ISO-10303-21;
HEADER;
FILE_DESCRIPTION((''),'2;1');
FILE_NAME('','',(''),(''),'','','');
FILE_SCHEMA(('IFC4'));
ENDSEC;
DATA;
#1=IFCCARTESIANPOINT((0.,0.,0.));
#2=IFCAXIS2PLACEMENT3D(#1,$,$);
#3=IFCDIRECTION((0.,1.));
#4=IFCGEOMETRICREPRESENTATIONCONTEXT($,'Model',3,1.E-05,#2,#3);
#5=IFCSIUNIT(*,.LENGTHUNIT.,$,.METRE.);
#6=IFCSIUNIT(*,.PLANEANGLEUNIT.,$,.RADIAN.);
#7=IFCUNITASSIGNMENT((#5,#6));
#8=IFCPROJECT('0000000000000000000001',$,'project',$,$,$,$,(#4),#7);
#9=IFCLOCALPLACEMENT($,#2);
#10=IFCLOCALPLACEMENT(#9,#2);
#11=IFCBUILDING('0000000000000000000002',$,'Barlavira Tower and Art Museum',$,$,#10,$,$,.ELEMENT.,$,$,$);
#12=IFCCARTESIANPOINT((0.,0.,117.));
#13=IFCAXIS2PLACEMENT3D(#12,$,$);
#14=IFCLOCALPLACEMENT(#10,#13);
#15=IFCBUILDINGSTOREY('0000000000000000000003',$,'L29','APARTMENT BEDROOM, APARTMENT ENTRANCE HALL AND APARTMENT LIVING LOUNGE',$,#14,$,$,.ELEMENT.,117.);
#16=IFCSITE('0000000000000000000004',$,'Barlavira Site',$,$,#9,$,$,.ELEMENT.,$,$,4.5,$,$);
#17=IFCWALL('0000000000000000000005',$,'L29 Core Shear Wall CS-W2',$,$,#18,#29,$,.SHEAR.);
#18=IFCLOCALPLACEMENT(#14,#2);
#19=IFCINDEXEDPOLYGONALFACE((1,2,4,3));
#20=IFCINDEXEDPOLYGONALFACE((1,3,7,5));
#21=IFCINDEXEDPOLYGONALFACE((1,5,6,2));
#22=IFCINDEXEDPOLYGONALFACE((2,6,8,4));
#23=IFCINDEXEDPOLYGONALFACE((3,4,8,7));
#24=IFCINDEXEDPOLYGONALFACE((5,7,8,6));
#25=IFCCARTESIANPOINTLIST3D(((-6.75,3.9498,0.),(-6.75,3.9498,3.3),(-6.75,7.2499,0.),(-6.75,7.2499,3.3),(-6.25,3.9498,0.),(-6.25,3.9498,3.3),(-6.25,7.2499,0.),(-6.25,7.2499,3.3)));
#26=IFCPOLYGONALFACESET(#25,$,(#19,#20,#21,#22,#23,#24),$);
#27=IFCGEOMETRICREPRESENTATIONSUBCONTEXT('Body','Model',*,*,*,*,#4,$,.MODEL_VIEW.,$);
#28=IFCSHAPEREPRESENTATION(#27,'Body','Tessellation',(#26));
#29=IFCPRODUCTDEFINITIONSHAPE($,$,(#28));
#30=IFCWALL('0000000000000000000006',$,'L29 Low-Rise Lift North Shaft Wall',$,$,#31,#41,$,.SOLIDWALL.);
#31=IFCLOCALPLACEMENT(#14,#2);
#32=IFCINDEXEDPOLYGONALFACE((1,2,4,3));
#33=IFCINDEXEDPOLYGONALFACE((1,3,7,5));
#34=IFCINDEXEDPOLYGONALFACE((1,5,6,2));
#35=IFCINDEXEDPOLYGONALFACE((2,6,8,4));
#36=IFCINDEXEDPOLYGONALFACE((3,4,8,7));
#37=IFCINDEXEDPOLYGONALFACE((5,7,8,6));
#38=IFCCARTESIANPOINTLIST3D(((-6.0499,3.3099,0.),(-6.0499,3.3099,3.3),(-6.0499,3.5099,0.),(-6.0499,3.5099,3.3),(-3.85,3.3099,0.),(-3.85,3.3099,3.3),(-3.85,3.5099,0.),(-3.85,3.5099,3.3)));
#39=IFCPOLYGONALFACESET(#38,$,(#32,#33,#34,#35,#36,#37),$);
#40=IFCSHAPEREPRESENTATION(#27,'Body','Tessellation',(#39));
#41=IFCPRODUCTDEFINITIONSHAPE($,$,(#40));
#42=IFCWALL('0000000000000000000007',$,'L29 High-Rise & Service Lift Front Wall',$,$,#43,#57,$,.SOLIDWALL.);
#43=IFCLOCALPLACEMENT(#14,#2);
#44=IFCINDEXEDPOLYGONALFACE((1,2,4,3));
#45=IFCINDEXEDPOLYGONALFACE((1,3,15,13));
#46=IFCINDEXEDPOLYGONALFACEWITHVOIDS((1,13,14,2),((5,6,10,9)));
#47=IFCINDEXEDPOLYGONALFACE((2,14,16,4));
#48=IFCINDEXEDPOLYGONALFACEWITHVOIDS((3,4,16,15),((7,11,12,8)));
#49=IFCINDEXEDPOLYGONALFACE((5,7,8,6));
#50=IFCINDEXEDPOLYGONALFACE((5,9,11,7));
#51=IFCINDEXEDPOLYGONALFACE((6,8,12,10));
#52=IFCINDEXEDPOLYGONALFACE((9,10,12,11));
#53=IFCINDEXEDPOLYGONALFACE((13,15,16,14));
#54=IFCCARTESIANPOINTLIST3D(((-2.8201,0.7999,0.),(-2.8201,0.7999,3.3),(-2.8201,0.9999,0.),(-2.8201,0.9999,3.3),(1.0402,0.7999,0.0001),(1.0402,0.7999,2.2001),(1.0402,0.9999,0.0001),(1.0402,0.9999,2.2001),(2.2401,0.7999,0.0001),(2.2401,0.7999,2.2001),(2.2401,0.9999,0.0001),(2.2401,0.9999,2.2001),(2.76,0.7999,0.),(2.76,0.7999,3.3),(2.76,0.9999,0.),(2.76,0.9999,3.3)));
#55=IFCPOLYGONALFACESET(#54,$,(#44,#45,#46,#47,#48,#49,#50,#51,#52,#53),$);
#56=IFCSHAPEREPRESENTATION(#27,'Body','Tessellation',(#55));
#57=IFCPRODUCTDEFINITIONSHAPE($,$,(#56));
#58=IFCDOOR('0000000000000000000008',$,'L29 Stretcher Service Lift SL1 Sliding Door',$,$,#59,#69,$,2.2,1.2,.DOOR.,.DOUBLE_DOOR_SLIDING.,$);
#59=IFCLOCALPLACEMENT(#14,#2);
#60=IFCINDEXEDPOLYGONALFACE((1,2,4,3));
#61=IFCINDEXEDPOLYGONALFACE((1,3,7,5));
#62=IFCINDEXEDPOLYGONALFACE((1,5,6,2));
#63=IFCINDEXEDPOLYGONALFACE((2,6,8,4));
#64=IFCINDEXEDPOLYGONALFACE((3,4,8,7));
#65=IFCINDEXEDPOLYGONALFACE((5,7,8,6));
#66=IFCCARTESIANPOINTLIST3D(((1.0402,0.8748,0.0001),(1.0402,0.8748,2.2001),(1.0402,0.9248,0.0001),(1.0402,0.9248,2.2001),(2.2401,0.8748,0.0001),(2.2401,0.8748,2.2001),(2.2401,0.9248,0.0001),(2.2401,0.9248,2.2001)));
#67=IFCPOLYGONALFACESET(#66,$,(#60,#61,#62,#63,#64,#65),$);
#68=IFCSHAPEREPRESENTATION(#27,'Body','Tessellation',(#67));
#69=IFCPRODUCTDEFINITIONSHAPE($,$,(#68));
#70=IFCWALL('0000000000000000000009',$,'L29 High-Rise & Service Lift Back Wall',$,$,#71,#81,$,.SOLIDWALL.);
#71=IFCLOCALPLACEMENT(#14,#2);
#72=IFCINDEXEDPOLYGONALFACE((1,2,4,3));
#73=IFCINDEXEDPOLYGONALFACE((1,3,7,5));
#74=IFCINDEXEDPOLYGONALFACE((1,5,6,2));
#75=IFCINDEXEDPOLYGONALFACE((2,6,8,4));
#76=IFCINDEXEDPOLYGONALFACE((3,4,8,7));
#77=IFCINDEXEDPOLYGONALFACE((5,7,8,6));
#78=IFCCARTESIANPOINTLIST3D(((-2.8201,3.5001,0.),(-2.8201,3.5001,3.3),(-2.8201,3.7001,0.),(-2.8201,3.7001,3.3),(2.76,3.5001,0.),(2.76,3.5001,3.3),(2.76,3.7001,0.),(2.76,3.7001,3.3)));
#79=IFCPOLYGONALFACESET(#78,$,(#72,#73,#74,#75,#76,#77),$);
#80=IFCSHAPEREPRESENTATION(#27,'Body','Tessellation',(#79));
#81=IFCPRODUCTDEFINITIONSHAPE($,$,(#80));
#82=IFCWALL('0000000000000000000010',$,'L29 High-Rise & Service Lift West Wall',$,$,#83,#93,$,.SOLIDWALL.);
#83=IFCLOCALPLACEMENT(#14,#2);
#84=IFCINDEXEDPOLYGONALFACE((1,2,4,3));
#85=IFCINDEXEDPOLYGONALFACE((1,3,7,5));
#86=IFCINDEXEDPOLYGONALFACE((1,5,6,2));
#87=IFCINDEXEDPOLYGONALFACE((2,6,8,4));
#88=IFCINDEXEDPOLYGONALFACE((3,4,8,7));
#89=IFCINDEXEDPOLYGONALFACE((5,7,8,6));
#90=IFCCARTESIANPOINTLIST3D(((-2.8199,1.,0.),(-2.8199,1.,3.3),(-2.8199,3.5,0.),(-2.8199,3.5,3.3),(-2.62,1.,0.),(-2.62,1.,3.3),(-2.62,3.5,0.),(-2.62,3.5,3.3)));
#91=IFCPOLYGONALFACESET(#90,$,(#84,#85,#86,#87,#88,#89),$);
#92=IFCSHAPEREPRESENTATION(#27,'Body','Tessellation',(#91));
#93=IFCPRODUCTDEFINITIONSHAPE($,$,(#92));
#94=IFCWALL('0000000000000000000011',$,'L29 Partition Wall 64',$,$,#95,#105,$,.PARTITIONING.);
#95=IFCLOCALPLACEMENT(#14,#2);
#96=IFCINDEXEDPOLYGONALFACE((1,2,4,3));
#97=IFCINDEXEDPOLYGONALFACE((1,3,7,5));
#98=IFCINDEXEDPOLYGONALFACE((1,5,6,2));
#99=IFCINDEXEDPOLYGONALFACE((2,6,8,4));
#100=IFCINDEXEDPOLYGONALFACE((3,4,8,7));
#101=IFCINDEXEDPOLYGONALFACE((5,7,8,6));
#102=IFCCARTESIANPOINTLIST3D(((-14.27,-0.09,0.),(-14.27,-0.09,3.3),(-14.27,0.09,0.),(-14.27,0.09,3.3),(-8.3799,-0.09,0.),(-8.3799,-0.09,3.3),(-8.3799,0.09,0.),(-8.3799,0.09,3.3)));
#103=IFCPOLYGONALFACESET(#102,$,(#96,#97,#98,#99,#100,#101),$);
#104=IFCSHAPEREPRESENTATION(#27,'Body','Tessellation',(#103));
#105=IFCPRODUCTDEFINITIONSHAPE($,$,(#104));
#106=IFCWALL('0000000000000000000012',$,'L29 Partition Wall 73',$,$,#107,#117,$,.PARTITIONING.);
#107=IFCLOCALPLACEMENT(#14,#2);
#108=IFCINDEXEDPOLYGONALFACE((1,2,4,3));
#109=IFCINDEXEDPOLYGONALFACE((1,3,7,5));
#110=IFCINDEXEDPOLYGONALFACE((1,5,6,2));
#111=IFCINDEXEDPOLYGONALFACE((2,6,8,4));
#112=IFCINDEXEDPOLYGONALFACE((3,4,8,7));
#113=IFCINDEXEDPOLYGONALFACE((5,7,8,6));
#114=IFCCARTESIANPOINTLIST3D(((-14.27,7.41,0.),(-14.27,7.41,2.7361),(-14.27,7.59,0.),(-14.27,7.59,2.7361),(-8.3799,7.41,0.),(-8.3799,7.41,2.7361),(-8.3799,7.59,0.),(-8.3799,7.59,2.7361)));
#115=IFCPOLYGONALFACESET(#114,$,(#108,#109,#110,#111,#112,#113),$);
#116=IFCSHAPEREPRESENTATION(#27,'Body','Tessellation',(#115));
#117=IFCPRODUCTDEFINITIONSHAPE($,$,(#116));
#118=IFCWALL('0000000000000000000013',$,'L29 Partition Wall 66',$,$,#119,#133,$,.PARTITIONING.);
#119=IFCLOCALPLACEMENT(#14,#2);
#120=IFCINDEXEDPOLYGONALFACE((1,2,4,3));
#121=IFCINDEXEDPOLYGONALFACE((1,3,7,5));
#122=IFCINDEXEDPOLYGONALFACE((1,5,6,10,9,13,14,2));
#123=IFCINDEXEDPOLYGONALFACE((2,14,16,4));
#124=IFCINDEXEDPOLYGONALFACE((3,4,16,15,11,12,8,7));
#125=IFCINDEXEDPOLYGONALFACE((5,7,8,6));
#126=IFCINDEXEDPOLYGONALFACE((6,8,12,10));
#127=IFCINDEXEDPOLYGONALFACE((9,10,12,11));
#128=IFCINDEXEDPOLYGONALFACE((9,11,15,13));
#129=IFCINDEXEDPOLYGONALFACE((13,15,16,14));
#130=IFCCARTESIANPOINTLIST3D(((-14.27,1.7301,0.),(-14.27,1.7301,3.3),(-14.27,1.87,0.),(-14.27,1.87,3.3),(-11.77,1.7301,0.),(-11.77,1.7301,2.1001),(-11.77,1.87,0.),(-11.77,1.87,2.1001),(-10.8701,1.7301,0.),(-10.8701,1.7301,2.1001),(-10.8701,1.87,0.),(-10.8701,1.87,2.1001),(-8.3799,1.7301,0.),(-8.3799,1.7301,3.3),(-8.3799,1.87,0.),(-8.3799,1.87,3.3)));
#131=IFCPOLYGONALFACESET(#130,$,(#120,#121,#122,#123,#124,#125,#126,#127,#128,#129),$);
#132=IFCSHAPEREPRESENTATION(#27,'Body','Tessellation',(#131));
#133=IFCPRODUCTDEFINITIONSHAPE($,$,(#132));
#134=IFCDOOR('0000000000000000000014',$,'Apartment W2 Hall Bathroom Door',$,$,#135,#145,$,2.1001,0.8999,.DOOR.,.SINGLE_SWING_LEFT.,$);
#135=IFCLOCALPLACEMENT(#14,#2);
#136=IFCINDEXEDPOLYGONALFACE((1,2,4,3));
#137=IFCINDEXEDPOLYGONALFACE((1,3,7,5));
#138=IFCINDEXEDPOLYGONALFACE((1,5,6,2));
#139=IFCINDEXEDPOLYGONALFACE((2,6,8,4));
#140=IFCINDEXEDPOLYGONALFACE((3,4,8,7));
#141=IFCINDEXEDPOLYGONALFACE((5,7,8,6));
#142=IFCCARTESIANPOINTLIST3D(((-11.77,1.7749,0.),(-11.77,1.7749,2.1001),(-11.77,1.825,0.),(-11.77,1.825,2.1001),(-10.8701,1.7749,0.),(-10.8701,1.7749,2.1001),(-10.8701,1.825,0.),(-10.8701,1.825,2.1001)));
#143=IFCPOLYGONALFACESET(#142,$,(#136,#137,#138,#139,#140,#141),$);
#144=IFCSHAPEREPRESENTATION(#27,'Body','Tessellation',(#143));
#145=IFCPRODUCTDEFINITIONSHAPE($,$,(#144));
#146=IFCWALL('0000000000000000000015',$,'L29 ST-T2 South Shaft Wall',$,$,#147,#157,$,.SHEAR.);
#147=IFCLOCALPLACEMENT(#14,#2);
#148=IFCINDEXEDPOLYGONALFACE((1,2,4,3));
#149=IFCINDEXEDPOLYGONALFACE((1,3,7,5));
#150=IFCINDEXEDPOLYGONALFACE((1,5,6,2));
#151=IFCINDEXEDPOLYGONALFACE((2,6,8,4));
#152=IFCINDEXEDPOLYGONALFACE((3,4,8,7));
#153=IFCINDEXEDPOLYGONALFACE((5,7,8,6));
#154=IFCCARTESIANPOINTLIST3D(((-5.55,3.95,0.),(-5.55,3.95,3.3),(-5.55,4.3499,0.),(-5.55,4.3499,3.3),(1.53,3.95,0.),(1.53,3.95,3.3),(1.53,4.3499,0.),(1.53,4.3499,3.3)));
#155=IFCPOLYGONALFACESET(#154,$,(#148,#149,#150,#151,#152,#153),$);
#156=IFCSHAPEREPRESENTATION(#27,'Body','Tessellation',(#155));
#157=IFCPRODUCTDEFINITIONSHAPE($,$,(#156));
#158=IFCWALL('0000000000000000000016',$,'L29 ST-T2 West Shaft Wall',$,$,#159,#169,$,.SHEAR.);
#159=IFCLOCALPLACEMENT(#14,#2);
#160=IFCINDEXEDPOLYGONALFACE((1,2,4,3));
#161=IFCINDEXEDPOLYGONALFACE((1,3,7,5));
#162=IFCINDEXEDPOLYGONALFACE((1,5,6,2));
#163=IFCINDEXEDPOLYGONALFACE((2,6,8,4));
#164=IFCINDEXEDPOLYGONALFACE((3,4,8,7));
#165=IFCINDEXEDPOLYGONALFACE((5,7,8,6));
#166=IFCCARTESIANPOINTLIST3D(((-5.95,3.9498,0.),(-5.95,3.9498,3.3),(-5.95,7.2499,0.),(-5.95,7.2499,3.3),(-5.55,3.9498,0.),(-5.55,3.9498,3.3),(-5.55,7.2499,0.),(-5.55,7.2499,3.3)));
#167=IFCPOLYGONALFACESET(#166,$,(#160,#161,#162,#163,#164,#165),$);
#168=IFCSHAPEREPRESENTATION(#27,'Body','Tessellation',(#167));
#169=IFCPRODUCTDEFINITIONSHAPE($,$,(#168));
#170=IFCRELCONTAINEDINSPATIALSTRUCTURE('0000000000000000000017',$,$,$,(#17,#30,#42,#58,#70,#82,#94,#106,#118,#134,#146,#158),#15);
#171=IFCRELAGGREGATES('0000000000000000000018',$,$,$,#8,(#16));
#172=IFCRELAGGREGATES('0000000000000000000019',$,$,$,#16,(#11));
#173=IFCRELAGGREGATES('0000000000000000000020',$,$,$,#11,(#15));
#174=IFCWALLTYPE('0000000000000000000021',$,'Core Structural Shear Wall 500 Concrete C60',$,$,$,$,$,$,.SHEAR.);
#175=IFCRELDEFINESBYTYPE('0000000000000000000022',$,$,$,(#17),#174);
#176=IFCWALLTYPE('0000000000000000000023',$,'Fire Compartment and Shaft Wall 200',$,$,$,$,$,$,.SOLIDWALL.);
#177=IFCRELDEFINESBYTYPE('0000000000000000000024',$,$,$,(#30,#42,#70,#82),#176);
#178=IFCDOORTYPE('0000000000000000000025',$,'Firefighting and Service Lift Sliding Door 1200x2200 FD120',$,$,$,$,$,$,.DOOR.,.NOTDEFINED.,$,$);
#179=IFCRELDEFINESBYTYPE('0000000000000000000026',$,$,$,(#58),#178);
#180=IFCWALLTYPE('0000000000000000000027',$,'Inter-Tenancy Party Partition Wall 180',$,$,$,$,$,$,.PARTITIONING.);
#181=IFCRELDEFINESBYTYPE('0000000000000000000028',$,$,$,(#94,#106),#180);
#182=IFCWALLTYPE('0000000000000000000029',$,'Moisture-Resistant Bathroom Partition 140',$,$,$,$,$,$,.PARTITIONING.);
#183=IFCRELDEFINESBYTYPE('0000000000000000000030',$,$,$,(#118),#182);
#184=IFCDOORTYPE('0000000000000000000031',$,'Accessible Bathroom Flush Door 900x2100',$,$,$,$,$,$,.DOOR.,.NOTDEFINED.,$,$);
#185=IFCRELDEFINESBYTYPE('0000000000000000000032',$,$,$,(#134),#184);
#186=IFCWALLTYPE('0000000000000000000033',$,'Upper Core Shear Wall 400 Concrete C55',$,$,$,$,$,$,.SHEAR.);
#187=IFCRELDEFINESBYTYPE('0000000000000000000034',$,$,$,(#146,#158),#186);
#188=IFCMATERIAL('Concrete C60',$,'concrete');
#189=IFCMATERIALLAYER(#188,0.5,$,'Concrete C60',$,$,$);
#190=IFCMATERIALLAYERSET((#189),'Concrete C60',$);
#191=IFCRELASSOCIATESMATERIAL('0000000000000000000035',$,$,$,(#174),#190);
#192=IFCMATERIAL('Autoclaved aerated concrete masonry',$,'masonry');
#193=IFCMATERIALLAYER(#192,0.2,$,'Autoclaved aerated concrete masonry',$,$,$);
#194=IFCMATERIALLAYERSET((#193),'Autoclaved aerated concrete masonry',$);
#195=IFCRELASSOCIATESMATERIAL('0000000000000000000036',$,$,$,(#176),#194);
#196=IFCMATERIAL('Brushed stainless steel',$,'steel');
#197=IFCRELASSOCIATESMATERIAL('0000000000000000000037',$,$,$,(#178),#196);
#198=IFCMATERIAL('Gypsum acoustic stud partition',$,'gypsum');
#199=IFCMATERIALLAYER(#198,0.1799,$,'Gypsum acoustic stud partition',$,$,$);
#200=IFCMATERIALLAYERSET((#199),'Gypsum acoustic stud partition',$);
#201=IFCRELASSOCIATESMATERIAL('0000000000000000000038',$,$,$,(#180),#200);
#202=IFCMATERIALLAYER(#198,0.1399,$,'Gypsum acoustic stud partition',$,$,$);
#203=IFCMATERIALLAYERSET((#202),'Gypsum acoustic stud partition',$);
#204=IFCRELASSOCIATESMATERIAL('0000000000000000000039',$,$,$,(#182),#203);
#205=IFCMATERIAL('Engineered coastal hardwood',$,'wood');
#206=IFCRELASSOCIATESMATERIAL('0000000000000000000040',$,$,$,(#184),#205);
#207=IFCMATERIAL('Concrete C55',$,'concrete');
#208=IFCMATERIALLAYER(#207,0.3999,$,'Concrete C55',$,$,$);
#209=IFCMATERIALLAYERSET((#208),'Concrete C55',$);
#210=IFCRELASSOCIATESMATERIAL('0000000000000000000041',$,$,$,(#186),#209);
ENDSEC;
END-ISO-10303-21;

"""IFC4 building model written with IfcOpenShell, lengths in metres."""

from ifc_helpers import new_model, si_unit, direction, frame, frame_2d, origin, place, context, subcontext, project, spatial, rectangle, extrude, material, layer, layer_set, type_object, element, fill, save


model = new_model("IFC4")

# Units and contexts
model_context = context("Model", 3, precision=1e-05, world=origin(), true_north=direction((0.0, 1.0)))
body_context = subcontext(model_context, "Body", "Model", "MODEL_VIEW")
ifc_project = project(units=[si_unit("LENGTHUNIT", "METRE"), si_unit("PLANEANGLEUNIT", "RADIAN")], contexts=[model_context])

# Site, building, storey
site_placement = place(None, origin())
site = spatial("IfcSite", under=ifc_project, at=site_placement, Name="Barlavira Site", CompositionType="ELEMENT", RefElevation=4.5)
building_placement = place(site_placement, origin())
building = spatial("IfcBuilding", under=site, at=building_placement, Name="Barlavira Tower and Art Museum", CompositionType="ELEMENT")
storey_placement = place(building_placement, frame((0.0, 0.0, 117.0)))
storey = spatial("IfcBuildingStorey", under=building, at=storey_placement, Name="L29", Description="APARTMENT BEDROOM, APARTMENT ENTRANCE HALL AND APARTMENT LIVING LOUNGE", CompositionType="ELEMENT", Elevation=117.0)

# Shared definitions
ifc_material_1 = material(Name="Gypsum acoustic stud partition", Category="gypsum")
ifc_material_2 = material(Name="Engineered coastal hardwood", Category="wood")
ifc_material_3 = material(Name="Concrete C60", Category="concrete")
ifc_layer_1 = layer(ifc_material_3, 0.5, Name="Concrete C60")
ifc_layer_set_1 = layer_set([ifc_layer_1], Name="Concrete C60")
wall_type_1 = type_object("IfcWallType", Name="Core Structural Shear Wall 500 Concrete C60", PredefinedType="SHEAR", material=ifc_layer_set_1)
ifc_material_4 = material(Name="Brushed stainless steel", Category="steel")

# Walls
wall_1_placement = place(storey_placement, frame((-6.5, 3.95, 0.0), z_axis=(0.0, 0.0, 1.0), x_axis=(0.0, 1.0, 0.0)))
element("IfcWall", 1, at=wall_1_placement, inside=storey, type_object=wall_type_1, Name="L29 Core Shear Wall CS-W2", PredefinedType="SHEAR", context=body_context, shape_type="SweptSolid", body=[
    extrude(rectangle(XDim=3.3, YDim=0.5, at=frame_2d((1.6499, 0.0))), origin(), (0.0, 0.0, 1.0), 3.3),
])
ifc_material_5 = material(Name="Autoclaved aerated concrete masonry", Category="masonry")
ifc_layer_2 = layer(ifc_material_5, 0.2, Name="Autoclaved aerated concrete masonry")
ifc_layer_set_2 = layer_set([ifc_layer_2], Name="Autoclaved aerated concrete masonry")
wall_type_2 = type_object("IfcWallType", Name="Fire Compartment and Shaft Wall 200", PredefinedType="SOLIDWALL", material=ifc_layer_set_2)
wall_2_placement = place(storey_placement, frame((-6.05, 3.4099, 0.0), z_axis=(0.0, 0.0, 1.0), x_axis=(1.0, 0.0, 0.0)))
element("IfcWall", 2, at=wall_2_placement, inside=storey, type_object=wall_type_2, Name="L29 Low-Rise Lift North Shaft Wall", PredefinedType="SOLIDWALL", context=body_context, shape_type="SweptSolid", body=[
    extrude(rectangle(XDim=2.2, YDim=0.2, at=frame_2d((1.1001, 0.0))), origin(), (0.0, 0.0, 1.0), 3.3),
])

# Wall, opening, door
wall_3_placement = place(storey_placement, frame((-2.8201, 0.8999, 0.0), z_axis=(0.0, 0.0, 1.0), x_axis=(1.0, 0.0, 0.0)))
wall_3 = element("IfcWall", 3, at=wall_3_placement, inside=storey, type_object=wall_type_2, Name="L29 High-Rise & Service Lift Front Wall", PredefinedType="SOLIDWALL", context=body_context, shape_type="SweptSolid", body=[
    extrude(rectangle(XDim=5.5801, YDim=0.2, at=frame_2d((2.79, 0.0))), origin(), (0.0, 0.0, 1.0), 3.3),
])
opening_1_placement = place(wall_3_placement, frame((3.8601, 0.0, 0.0)))
opening_1 = element("IfcOpeningElement", 4, at=opening_1_placement, cuts=wall_3, PredefinedType="OPENING", context=body_context, shape_type="SweptSolid", body=[
    extrude(rectangle(XDim=1.2, YDim=2.2, at=frame_2d((0.6001, 1.1001))), frame((0.0, 0.1099, 0.0), z_axis=(0.0, -1.0, 0.0), x_axis=(1.0, 0.0, 0.0)), (0.0, 0.0, 1.0), 0.22),
])
door_type_1 = type_object("IfcDoorType", Name="Firefighting and Service Lift Sliding Door 1200x2200 FD120", OperationType="NOTDEFINED", PredefinedType="DOOR", material=ifc_material_4)
door_1_placement = place(opening_1_placement, origin())
door_1 = element("IfcDoor", 5, at=door_1_placement, inside=storey, type_object=door_type_1, Name="L29 Stretcher Service Lift SL1 Sliding Door", OperationType="DOUBLE_DOOR_SLIDING", OverallHeight=2.2, OverallWidth=1.2, PredefinedType="DOOR", context=body_context, shape_type="SweptSolid", body=[
    extrude(rectangle(XDim=1.2, YDim=2.2, at=frame_2d((0.6001, 1.1001))), frame((0.0, 0.0249, 0.0), z_axis=(0.0, -1.0, 0.0), x_axis=(1.0, 0.0, 0.0)), (0.0, 0.0, 1.0), 0.05),
])
fill(opening_1, door_1)

# Walls
wall_4_placement = place(storey_placement, frame((-2.8201, 3.6001, 0.0), z_axis=(0.0, 0.0, 1.0), x_axis=(1.0, 0.0, 0.0)))
element("IfcWall", 6, at=wall_4_placement, inside=storey, type_object=wall_type_2, Name="L29 High-Rise & Service Lift Back Wall", PredefinedType="SOLIDWALL", context=body_context, shape_type="SweptSolid", body=[
    extrude(rectangle(XDim=5.5801, YDim=0.2, at=frame_2d((2.79, 0.0))), origin(), (0.0, 0.0, 1.0), 3.3),
])
wall_5_placement = place(storey_placement, frame((-2.72, 1.0, 0.0), z_axis=(0.0, 0.0, 1.0), x_axis=(0.0, 1.0, 0.0)))
element("IfcWall", 7, at=wall_5_placement, inside=storey, type_object=wall_type_2, Name="L29 High-Rise & Service Lift West Wall", PredefinedType="SOLIDWALL", context=body_context, shape_type="SweptSolid", body=[
    extrude(rectangle(XDim=2.5, YDim=0.2, at=frame_2d((1.25, 0.0))), origin(), (0.0, 0.0, 1.0), 3.3),
])
ifc_layer_3 = layer(ifc_material_1, 0.1799, Name="Gypsum acoustic stud partition")
ifc_layer_set_3 = layer_set([ifc_layer_3], Name="Gypsum acoustic stud partition")
wall_type_3 = type_object("IfcWallType", Name="Inter-Tenancy Party Partition Wall 180", PredefinedType="PARTITIONING", material=ifc_layer_set_3)
wall_6_placement = place(storey_placement, frame((-14.27, 0.0, 0.0), z_axis=(0.0, 0.0, 1.0), x_axis=(1.0, 0.0, 0.0)))
element("IfcWall", 8, at=wall_6_placement, inside=storey, type_object=wall_type_3, Name="L29 Partition Wall 64", PredefinedType="PARTITIONING", context=body_context, shape_type="SweptSolid", body=[
    extrude(rectangle(XDim=5.8901, YDim=0.1799, at=frame_2d((2.9451, 0.0))), origin(), (0.0, 0.0, 1.0), 3.3),
])
wall_7_placement = place(storey_placement, frame((-14.27, 7.5, 0.0), z_axis=(0.0, 0.0, 1.0), x_axis=(1.0, 0.0, 0.0)))
element("IfcWall", 9, at=wall_7_placement, inside=storey, type_object=wall_type_3, Name="L29 Partition Wall 73", PredefinedType="PARTITIONING", context=body_context, shape_type="SweptSolid", body=[
    extrude(rectangle(XDim=5.8901, YDim=0.1799, at=frame_2d((2.9451, 0.0))), origin(), (0.0, 0.0, 1.0), 2.7361),
])

# Wall, opening, door
ifc_layer_4 = layer(ifc_material_1, 0.1399, Name="Gypsum acoustic stud partition")
ifc_layer_set_4 = layer_set([ifc_layer_4], Name="Gypsum acoustic stud partition")
wall_type_4 = type_object("IfcWallType", Name="Moisture-Resistant Bathroom Partition 140", PredefinedType="PARTITIONING", material=ifc_layer_set_4)
wall_8_placement = place(storey_placement, frame((-14.27, 1.8, 0.0), z_axis=(0.0, 0.0, 1.0), x_axis=(1.0, 0.0, 0.0)))
wall_8 = element("IfcWall", 10, at=wall_8_placement, inside=storey, type_object=wall_type_4, Name="L29 Partition Wall 66", PredefinedType="PARTITIONING", context=body_context, shape_type="SweptSolid", body=[
    extrude(rectangle(XDim=5.8901, YDim=0.1399, at=frame_2d((2.9451, 0.0))), origin(), (0.0, 0.0, 1.0), 3.3),
])
opening_2_placement = place(wall_8_placement, frame((2.5, 0.0, 0.0)))
opening_2 = element("IfcOpeningElement", 11, at=opening_2_placement, cuts=wall_8, PredefinedType="OPENING", context=body_context, shape_type="SweptSolid", body=[
    extrude(rectangle(XDim=0.8999, YDim=2.1001, at=frame_2d((0.45, 1.05))), frame((0.0, 0.0801, 0.0), z_axis=(0.0, -1.0, 0.0), x_axis=(1.0, 0.0, 0.0)), (0.0, 0.0, 1.0), 0.1599),
])
door_type_2 = type_object("IfcDoorType", Name="Accessible Bathroom Flush Door 900x2100", OperationType="NOTDEFINED", PredefinedType="DOOR", material=ifc_material_2)
door_2_placement = place(opening_2_placement, origin())
door_2 = element("IfcDoor", 12, at=door_2_placement, inside=storey, type_object=door_type_2, Name="Apartment W2 Hall Bathroom Door", OperationType="SINGLE_SWING_LEFT", OverallHeight=2.1001, OverallWidth=0.8999, PredefinedType="DOOR", context=body_context, shape_type="SweptSolid", body=[
    extrude(rectangle(XDim=0.8999, YDim=2.1001, at=frame_2d((0.45, 1.05))), frame((0.0, 0.0249, 0.0), z_axis=(0.0, -1.0, 0.0), x_axis=(1.0, 0.0, 0.0)), (0.0, 0.0, 1.0), 0.05),
])
fill(opening_2, door_2)

# Walls
ifc_material_6 = material(Name="Concrete C55", Category="concrete")
ifc_layer_5 = layer(ifc_material_6, 0.3999, Name="Concrete C55")
ifc_layer_set_5 = layer_set([ifc_layer_5], Name="Concrete C55")
wall_type_5 = type_object("IfcWallType", Name="Upper Core Shear Wall 400 Concrete C55", PredefinedType="SHEAR", material=ifc_layer_set_5)
wall_9_placement = place(storey_placement, frame((-5.55, 4.1499, 0.0), z_axis=(0.0, 0.0, 1.0), x_axis=(1.0, 0.0, 0.0)))
element("IfcWall", 13, at=wall_9_placement, inside=storey, type_object=wall_type_5, Name="L29 ST-T2 South Shaft Wall", PredefinedType="SHEAR", context=body_context, shape_type="SweptSolid", body=[
    extrude(rectangle(XDim=7.0801, YDim=0.3999, at=frame_2d((3.54, 0.0))), origin(), (0.0, 0.0, 1.0), 3.3),
])
wall_10_placement = place(storey_placement, frame((-5.75, 3.95, 0.0), z_axis=(0.0, 0.0, 1.0), x_axis=(0.0, 1.0, 0.0)))
element("IfcWall", 14, at=wall_10_placement, inside=storey, type_object=wall_type_5, Name="L29 ST-T2 West Shaft Wall", PredefinedType="SHEAR", context=body_context, shape_type="SweptSolid", body=[
    extrude(rectangle(XDim=3.3, YDim=0.3999, at=frame_2d((1.6499, 0.0))), origin(), (0.0, 0.0, 1.0), 3.3),
])

save(model, "model.ifc")
